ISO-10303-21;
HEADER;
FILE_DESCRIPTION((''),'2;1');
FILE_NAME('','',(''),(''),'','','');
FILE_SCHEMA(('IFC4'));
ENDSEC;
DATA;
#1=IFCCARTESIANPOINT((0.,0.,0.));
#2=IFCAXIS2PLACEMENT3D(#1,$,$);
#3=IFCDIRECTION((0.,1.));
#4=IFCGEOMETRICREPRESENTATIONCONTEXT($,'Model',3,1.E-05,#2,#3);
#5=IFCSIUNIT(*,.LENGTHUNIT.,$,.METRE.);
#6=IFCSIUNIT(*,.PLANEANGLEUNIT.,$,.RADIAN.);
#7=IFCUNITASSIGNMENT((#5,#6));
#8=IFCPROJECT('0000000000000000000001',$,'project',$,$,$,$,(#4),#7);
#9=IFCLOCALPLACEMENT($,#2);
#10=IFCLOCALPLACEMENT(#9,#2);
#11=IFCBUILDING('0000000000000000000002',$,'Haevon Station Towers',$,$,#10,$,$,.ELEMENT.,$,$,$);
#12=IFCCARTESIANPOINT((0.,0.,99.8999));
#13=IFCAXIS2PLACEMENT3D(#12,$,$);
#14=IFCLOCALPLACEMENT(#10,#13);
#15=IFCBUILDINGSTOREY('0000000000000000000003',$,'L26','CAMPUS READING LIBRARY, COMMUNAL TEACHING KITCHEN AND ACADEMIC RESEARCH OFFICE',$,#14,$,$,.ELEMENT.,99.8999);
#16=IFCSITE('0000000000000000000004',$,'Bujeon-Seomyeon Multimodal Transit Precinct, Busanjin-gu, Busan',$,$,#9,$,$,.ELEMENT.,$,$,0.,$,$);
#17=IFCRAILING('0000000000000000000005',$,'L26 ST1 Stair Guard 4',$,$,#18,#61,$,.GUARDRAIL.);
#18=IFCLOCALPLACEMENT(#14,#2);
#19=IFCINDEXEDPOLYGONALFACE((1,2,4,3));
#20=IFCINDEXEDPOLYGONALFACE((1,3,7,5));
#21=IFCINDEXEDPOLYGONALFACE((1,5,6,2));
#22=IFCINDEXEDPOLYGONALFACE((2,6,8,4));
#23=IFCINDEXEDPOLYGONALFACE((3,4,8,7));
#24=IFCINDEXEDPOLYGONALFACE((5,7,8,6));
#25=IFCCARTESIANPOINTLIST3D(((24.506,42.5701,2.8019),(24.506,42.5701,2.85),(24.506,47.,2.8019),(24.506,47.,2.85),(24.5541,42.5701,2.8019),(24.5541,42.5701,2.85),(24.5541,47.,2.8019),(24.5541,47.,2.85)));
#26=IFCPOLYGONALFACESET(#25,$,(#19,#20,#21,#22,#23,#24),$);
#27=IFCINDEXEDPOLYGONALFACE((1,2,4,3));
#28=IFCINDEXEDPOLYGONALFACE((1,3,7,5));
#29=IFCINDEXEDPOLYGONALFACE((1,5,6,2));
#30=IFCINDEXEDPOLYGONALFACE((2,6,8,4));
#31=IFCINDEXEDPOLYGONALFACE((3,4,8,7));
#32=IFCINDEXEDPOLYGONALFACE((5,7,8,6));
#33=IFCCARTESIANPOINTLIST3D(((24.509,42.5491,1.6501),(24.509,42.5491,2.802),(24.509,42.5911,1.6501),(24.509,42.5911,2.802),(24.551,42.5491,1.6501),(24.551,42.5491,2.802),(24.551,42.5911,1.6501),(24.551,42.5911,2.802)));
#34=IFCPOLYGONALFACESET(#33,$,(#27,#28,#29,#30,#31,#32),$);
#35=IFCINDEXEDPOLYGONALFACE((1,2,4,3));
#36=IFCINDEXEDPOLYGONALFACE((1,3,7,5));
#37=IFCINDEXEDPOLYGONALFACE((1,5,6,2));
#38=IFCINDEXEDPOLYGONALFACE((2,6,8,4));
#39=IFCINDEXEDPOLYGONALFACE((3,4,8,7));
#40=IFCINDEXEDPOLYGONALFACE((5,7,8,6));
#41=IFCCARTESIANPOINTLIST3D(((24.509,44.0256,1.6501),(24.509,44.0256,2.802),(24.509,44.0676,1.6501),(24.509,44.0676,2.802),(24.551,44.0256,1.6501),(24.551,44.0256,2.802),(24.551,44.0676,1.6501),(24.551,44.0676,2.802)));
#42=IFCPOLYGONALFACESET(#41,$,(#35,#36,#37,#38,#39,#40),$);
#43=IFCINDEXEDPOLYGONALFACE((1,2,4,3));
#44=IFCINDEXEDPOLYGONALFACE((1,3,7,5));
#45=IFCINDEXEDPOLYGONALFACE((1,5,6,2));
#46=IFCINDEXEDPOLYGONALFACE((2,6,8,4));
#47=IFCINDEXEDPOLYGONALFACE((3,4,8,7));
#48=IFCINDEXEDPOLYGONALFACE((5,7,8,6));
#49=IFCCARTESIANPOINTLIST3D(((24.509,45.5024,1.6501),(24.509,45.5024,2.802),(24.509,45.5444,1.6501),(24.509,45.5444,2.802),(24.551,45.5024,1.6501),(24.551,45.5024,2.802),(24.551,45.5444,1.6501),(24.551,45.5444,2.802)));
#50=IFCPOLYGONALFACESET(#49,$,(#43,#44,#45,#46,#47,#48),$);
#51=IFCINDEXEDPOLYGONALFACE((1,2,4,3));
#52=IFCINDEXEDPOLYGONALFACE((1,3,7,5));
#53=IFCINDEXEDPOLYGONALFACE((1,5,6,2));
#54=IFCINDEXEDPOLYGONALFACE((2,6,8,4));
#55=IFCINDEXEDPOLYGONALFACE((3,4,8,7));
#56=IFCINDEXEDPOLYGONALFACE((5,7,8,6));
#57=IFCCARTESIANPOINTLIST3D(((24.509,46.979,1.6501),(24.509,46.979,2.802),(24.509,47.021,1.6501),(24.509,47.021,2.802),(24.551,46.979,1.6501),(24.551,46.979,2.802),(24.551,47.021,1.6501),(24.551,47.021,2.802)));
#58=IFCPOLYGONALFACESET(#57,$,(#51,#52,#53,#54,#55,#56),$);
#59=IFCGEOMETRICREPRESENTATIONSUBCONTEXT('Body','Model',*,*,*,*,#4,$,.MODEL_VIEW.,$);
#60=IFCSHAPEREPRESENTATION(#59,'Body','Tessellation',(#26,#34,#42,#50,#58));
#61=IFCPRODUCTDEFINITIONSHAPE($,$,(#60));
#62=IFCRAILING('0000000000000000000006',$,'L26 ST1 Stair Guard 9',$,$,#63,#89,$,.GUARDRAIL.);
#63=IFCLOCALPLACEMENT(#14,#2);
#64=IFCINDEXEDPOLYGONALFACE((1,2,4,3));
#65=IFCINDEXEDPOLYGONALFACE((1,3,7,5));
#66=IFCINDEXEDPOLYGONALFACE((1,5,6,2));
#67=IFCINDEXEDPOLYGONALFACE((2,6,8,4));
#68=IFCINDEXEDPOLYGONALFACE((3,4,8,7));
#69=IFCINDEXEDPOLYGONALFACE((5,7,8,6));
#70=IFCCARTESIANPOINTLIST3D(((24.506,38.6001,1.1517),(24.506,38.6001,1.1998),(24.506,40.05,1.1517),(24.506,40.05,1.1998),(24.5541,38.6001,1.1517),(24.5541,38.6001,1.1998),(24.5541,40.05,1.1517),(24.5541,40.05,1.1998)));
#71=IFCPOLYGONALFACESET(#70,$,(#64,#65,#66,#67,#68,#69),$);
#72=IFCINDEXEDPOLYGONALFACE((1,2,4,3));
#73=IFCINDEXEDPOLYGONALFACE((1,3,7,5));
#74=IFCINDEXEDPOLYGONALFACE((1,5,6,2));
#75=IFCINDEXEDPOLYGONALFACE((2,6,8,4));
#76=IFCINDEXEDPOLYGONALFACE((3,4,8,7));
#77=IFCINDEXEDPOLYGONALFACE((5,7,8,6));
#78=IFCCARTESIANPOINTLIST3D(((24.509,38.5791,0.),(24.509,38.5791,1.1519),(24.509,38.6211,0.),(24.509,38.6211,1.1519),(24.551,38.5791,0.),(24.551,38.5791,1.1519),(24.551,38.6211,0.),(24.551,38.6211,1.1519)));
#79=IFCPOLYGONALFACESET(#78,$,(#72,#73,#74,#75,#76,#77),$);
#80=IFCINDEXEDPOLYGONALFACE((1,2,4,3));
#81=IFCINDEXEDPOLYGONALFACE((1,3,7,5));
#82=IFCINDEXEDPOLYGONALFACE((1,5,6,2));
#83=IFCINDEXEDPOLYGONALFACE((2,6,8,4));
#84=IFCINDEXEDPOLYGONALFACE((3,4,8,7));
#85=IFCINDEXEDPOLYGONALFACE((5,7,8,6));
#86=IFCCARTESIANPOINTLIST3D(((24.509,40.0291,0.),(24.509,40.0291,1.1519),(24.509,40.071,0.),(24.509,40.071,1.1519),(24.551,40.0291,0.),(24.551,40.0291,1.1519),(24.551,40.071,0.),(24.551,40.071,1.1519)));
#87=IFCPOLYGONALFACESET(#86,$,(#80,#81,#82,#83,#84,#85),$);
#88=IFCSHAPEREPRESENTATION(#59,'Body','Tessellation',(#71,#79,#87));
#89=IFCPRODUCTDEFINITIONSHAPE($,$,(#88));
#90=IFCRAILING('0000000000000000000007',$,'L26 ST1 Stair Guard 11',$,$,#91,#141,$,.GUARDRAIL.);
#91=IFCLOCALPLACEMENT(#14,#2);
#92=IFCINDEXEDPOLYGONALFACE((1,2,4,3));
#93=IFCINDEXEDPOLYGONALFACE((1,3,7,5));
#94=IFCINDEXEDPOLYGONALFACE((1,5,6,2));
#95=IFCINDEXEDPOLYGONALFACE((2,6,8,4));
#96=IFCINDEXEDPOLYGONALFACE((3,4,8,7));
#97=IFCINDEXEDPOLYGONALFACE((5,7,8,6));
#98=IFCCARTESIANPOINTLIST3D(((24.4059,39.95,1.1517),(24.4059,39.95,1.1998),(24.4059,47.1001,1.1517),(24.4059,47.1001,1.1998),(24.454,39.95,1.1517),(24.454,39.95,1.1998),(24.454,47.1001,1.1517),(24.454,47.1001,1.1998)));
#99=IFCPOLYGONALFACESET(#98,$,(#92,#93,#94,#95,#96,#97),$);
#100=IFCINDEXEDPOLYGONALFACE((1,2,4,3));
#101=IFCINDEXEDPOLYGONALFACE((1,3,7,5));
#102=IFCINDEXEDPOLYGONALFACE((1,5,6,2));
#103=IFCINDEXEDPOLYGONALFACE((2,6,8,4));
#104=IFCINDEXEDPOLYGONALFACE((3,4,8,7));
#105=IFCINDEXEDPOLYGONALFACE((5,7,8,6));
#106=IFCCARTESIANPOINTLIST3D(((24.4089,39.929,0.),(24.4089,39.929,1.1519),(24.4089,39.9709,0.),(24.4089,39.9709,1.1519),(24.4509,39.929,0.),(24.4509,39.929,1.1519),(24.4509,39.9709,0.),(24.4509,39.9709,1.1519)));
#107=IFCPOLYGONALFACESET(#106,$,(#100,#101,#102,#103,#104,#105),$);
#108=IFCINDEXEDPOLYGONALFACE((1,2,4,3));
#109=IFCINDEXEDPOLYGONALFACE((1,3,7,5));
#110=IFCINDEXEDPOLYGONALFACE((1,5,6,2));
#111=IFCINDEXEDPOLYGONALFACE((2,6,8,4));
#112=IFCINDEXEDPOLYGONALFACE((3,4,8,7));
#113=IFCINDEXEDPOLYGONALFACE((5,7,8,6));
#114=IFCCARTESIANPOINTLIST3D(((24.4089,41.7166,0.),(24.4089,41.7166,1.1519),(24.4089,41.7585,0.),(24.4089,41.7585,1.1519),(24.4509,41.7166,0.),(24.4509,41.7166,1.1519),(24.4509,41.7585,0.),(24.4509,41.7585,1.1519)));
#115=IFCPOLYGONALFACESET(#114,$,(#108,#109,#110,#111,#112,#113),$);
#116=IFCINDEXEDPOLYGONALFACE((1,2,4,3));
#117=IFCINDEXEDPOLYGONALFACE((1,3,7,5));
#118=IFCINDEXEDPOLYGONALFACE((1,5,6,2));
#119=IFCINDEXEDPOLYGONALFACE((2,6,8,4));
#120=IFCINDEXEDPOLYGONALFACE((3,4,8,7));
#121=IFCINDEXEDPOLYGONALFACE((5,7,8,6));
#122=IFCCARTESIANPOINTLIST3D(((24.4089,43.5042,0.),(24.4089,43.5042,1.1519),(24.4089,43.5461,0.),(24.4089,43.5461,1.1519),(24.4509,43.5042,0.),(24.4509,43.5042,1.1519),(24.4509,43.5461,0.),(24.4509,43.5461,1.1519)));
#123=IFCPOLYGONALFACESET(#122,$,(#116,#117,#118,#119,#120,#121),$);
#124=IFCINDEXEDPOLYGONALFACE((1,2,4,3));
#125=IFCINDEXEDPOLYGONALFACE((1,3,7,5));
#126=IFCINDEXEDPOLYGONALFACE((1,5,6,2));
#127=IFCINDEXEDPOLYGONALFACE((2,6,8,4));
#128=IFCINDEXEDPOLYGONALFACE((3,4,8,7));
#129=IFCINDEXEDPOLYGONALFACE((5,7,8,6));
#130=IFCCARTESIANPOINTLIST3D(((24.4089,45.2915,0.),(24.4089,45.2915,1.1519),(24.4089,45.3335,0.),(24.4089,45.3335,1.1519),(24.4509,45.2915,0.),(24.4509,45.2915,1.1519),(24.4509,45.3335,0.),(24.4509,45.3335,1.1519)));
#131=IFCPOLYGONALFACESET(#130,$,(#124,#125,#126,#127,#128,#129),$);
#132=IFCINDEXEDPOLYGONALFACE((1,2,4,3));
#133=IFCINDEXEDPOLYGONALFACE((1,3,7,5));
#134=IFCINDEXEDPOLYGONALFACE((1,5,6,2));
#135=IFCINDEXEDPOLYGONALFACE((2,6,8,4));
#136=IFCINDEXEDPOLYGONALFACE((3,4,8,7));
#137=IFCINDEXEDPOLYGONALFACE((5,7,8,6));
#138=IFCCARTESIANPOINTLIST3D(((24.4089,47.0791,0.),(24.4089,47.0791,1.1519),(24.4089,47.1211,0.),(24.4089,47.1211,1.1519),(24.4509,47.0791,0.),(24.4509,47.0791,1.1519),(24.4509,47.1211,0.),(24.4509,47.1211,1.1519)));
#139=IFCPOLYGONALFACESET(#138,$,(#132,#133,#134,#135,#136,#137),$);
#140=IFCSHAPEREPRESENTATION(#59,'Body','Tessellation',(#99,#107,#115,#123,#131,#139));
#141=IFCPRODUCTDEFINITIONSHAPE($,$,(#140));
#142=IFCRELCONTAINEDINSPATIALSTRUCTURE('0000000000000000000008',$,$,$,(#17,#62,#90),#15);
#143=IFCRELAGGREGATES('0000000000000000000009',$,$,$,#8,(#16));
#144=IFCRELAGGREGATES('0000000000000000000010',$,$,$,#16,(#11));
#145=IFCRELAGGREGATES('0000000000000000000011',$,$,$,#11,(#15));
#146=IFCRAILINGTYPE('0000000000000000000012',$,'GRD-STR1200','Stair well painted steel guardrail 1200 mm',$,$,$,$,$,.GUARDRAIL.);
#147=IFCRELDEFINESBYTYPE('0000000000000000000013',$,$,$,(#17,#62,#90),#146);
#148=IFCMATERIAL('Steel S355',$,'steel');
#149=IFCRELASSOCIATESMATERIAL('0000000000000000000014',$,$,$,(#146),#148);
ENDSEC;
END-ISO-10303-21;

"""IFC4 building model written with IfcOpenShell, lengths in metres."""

from ifc_helpers import new_model, si_unit, direction, frame, origin, origin_2d, place, context, subcontext, project, spatial, rectangle, extrude, material, type_object, element, save


model = new_model("IFC4")

# Units and contexts
model_context = context("Model", 3, precision=1e-05, world=origin(), true_north=direction((0.0, 1.0)))
body_context = subcontext(model_context, "Body", "Model", "MODEL_VIEW")
ifc_project = project(units=[si_unit("LENGTHUNIT", "METRE"), si_unit("PLANEANGLEUNIT", "RADIAN")], contexts=[model_context])

# Site, building, storey
site_placement = place(None, origin())
site = spatial("IfcSite", under=ifc_project, at=site_placement, Name="Bujeon-Seomyeon Multimodal Transit Precinct, Busanjin-gu, Busan", CompositionType="ELEMENT", RefElevation=0.0)
building_placement = place(site_placement, origin())
building = spatial("IfcBuilding", under=site, at=building_placement, Name="Haevon Station Towers", CompositionType="ELEMENT")
storey_placement = place(building_placement, frame((0.0, 0.0, 99.8999)))
storey = spatial("IfcBuildingStorey", under=building, at=storey_placement, Name="L26", Description="CAMPUS READING LIBRARY, COMMUNAL TEACHING KITCHEN AND ACADEMIC RESEARCH OFFICE", CompositionType="ELEMENT", Elevation=99.8999)

# Shared definitions
ifc_material_1 = material(Name="Steel S355", Category="steel")

# Railings
railing_type = type_object("IfcRailingType", Name="GRD-STR1200", Description="Stair well painted steel guardrail 1200 mm", PredefinedType="GUARDRAIL", material=ifc_material_1)
railing_1_placement = place(storey_placement, frame((24.53, 42.5701, 1.6501)))
element("IfcRailing", 1, at=railing_1_placement, inside=storey, type_object=railing_type, Name="L26 ST1 Stair Guard 4", PredefinedType="GUARDRAIL", context=body_context, shape_type="SweptSolid", body=[
    extrude(rectangle(XDim=0.0481, YDim=0.0481, at=origin_2d()), frame((0.0, 0.0, 1.1758), z_axis=(0.0, 1.0, 0.0), x_axis=(-1.0, 0.0, 0.0)), (0.0, 0.0, 1.0), 4.4299),
    extrude(rectangle(XDim=0.042, YDim=0.042, at=origin_2d()), origin(), (0.0, 0.0, 1.0), 1.1519),
    extrude(rectangle(XDim=0.042, YDim=0.042, at=origin_2d()), frame((0.0, 1.4766, 0.0)), (0.0, 0.0, 1.0), 1.1519),
    extrude(rectangle(XDim=0.042, YDim=0.042, at=origin_2d()), frame((0.0, 2.9534, 0.0)), (0.0, 0.0, 1.0), 1.1519),
    extrude(rectangle(XDim=0.042, YDim=0.042, at=origin_2d()), frame((0.0, 4.4299, 0.0)), (0.0, 0.0, 1.0), 1.1519),
])
railing_2_placement = place(storey_placement, frame((24.53, 38.6001, 0.0)))
element("IfcRailing", 2, at=railing_2_placement, inside=storey, type_object=railing_type, Name="L26 ST1 Stair Guard 9", PredefinedType="GUARDRAIL", context=body_context, shape_type="SweptSolid", body=[
    extrude(rectangle(XDim=0.0481, YDim=0.0481, at=origin_2d()), frame((0.0, 0.0, 1.1758), z_axis=(0.0, 1.0, 0.0), x_axis=(-1.0, 0.0, 0.0)), (0.0, 0.0, 1.0), 1.45),
    extrude(rectangle(XDim=0.042, YDim=0.042, at=origin_2d()), origin(), (0.0, 0.0, 1.0), 1.1519),
    extrude(rectangle(XDim=0.042, YDim=0.042, at=origin_2d()), frame((0.0, 1.45, 0.0)), (0.0, 0.0, 1.0), 1.1519),
])
railing_3_placement = place(storey_placement, frame((24.4299, 39.95, 0.0)))
element("IfcRailing", 3, at=railing_3_placement, inside=storey, type_object=railing_type, Name="L26 ST1 Stair Guard 11", PredefinedType="GUARDRAIL", context=body_context, shape_type="SweptSolid", body=[
    extrude(rectangle(XDim=0.0481, YDim=0.0481, at=origin_2d()), frame((0.0, 0.0, 1.1758), z_axis=(0.0, 1.0, 0.0), x_axis=(-1.0, 0.0, 0.0)), (0.0, 0.0, 1.0), 7.1501),
    extrude(rectangle(XDim=0.042, YDim=0.042, at=origin_2d()), origin(), (0.0, 0.0, 1.0), 1.1519),
    extrude(rectangle(XDim=0.042, YDim=0.042, at=origin_2d()), frame((0.0, 1.7876, 0.0)), (0.0, 0.0, 1.0), 1.1519),
    extrude(rectangle(XDim=0.042, YDim=0.042, at=origin_2d()), frame((0.0, 3.5752, 0.0)), (0.0, 0.0, 1.0), 1.1519),
    extrude(rectangle(XDim=0.042, YDim=0.042, at=origin_2d()), frame((0.0, 5.3625, 0.0)), (0.0, 0.0, 1.0), 1.1519),
    extrude(rectangle(XDim=0.042, YDim=0.042, at=origin_2d()), frame((0.0, 7.1501, 0.0)), (0.0, 0.0, 1.0), 1.1519),
])

save(model, "model.ifc")
